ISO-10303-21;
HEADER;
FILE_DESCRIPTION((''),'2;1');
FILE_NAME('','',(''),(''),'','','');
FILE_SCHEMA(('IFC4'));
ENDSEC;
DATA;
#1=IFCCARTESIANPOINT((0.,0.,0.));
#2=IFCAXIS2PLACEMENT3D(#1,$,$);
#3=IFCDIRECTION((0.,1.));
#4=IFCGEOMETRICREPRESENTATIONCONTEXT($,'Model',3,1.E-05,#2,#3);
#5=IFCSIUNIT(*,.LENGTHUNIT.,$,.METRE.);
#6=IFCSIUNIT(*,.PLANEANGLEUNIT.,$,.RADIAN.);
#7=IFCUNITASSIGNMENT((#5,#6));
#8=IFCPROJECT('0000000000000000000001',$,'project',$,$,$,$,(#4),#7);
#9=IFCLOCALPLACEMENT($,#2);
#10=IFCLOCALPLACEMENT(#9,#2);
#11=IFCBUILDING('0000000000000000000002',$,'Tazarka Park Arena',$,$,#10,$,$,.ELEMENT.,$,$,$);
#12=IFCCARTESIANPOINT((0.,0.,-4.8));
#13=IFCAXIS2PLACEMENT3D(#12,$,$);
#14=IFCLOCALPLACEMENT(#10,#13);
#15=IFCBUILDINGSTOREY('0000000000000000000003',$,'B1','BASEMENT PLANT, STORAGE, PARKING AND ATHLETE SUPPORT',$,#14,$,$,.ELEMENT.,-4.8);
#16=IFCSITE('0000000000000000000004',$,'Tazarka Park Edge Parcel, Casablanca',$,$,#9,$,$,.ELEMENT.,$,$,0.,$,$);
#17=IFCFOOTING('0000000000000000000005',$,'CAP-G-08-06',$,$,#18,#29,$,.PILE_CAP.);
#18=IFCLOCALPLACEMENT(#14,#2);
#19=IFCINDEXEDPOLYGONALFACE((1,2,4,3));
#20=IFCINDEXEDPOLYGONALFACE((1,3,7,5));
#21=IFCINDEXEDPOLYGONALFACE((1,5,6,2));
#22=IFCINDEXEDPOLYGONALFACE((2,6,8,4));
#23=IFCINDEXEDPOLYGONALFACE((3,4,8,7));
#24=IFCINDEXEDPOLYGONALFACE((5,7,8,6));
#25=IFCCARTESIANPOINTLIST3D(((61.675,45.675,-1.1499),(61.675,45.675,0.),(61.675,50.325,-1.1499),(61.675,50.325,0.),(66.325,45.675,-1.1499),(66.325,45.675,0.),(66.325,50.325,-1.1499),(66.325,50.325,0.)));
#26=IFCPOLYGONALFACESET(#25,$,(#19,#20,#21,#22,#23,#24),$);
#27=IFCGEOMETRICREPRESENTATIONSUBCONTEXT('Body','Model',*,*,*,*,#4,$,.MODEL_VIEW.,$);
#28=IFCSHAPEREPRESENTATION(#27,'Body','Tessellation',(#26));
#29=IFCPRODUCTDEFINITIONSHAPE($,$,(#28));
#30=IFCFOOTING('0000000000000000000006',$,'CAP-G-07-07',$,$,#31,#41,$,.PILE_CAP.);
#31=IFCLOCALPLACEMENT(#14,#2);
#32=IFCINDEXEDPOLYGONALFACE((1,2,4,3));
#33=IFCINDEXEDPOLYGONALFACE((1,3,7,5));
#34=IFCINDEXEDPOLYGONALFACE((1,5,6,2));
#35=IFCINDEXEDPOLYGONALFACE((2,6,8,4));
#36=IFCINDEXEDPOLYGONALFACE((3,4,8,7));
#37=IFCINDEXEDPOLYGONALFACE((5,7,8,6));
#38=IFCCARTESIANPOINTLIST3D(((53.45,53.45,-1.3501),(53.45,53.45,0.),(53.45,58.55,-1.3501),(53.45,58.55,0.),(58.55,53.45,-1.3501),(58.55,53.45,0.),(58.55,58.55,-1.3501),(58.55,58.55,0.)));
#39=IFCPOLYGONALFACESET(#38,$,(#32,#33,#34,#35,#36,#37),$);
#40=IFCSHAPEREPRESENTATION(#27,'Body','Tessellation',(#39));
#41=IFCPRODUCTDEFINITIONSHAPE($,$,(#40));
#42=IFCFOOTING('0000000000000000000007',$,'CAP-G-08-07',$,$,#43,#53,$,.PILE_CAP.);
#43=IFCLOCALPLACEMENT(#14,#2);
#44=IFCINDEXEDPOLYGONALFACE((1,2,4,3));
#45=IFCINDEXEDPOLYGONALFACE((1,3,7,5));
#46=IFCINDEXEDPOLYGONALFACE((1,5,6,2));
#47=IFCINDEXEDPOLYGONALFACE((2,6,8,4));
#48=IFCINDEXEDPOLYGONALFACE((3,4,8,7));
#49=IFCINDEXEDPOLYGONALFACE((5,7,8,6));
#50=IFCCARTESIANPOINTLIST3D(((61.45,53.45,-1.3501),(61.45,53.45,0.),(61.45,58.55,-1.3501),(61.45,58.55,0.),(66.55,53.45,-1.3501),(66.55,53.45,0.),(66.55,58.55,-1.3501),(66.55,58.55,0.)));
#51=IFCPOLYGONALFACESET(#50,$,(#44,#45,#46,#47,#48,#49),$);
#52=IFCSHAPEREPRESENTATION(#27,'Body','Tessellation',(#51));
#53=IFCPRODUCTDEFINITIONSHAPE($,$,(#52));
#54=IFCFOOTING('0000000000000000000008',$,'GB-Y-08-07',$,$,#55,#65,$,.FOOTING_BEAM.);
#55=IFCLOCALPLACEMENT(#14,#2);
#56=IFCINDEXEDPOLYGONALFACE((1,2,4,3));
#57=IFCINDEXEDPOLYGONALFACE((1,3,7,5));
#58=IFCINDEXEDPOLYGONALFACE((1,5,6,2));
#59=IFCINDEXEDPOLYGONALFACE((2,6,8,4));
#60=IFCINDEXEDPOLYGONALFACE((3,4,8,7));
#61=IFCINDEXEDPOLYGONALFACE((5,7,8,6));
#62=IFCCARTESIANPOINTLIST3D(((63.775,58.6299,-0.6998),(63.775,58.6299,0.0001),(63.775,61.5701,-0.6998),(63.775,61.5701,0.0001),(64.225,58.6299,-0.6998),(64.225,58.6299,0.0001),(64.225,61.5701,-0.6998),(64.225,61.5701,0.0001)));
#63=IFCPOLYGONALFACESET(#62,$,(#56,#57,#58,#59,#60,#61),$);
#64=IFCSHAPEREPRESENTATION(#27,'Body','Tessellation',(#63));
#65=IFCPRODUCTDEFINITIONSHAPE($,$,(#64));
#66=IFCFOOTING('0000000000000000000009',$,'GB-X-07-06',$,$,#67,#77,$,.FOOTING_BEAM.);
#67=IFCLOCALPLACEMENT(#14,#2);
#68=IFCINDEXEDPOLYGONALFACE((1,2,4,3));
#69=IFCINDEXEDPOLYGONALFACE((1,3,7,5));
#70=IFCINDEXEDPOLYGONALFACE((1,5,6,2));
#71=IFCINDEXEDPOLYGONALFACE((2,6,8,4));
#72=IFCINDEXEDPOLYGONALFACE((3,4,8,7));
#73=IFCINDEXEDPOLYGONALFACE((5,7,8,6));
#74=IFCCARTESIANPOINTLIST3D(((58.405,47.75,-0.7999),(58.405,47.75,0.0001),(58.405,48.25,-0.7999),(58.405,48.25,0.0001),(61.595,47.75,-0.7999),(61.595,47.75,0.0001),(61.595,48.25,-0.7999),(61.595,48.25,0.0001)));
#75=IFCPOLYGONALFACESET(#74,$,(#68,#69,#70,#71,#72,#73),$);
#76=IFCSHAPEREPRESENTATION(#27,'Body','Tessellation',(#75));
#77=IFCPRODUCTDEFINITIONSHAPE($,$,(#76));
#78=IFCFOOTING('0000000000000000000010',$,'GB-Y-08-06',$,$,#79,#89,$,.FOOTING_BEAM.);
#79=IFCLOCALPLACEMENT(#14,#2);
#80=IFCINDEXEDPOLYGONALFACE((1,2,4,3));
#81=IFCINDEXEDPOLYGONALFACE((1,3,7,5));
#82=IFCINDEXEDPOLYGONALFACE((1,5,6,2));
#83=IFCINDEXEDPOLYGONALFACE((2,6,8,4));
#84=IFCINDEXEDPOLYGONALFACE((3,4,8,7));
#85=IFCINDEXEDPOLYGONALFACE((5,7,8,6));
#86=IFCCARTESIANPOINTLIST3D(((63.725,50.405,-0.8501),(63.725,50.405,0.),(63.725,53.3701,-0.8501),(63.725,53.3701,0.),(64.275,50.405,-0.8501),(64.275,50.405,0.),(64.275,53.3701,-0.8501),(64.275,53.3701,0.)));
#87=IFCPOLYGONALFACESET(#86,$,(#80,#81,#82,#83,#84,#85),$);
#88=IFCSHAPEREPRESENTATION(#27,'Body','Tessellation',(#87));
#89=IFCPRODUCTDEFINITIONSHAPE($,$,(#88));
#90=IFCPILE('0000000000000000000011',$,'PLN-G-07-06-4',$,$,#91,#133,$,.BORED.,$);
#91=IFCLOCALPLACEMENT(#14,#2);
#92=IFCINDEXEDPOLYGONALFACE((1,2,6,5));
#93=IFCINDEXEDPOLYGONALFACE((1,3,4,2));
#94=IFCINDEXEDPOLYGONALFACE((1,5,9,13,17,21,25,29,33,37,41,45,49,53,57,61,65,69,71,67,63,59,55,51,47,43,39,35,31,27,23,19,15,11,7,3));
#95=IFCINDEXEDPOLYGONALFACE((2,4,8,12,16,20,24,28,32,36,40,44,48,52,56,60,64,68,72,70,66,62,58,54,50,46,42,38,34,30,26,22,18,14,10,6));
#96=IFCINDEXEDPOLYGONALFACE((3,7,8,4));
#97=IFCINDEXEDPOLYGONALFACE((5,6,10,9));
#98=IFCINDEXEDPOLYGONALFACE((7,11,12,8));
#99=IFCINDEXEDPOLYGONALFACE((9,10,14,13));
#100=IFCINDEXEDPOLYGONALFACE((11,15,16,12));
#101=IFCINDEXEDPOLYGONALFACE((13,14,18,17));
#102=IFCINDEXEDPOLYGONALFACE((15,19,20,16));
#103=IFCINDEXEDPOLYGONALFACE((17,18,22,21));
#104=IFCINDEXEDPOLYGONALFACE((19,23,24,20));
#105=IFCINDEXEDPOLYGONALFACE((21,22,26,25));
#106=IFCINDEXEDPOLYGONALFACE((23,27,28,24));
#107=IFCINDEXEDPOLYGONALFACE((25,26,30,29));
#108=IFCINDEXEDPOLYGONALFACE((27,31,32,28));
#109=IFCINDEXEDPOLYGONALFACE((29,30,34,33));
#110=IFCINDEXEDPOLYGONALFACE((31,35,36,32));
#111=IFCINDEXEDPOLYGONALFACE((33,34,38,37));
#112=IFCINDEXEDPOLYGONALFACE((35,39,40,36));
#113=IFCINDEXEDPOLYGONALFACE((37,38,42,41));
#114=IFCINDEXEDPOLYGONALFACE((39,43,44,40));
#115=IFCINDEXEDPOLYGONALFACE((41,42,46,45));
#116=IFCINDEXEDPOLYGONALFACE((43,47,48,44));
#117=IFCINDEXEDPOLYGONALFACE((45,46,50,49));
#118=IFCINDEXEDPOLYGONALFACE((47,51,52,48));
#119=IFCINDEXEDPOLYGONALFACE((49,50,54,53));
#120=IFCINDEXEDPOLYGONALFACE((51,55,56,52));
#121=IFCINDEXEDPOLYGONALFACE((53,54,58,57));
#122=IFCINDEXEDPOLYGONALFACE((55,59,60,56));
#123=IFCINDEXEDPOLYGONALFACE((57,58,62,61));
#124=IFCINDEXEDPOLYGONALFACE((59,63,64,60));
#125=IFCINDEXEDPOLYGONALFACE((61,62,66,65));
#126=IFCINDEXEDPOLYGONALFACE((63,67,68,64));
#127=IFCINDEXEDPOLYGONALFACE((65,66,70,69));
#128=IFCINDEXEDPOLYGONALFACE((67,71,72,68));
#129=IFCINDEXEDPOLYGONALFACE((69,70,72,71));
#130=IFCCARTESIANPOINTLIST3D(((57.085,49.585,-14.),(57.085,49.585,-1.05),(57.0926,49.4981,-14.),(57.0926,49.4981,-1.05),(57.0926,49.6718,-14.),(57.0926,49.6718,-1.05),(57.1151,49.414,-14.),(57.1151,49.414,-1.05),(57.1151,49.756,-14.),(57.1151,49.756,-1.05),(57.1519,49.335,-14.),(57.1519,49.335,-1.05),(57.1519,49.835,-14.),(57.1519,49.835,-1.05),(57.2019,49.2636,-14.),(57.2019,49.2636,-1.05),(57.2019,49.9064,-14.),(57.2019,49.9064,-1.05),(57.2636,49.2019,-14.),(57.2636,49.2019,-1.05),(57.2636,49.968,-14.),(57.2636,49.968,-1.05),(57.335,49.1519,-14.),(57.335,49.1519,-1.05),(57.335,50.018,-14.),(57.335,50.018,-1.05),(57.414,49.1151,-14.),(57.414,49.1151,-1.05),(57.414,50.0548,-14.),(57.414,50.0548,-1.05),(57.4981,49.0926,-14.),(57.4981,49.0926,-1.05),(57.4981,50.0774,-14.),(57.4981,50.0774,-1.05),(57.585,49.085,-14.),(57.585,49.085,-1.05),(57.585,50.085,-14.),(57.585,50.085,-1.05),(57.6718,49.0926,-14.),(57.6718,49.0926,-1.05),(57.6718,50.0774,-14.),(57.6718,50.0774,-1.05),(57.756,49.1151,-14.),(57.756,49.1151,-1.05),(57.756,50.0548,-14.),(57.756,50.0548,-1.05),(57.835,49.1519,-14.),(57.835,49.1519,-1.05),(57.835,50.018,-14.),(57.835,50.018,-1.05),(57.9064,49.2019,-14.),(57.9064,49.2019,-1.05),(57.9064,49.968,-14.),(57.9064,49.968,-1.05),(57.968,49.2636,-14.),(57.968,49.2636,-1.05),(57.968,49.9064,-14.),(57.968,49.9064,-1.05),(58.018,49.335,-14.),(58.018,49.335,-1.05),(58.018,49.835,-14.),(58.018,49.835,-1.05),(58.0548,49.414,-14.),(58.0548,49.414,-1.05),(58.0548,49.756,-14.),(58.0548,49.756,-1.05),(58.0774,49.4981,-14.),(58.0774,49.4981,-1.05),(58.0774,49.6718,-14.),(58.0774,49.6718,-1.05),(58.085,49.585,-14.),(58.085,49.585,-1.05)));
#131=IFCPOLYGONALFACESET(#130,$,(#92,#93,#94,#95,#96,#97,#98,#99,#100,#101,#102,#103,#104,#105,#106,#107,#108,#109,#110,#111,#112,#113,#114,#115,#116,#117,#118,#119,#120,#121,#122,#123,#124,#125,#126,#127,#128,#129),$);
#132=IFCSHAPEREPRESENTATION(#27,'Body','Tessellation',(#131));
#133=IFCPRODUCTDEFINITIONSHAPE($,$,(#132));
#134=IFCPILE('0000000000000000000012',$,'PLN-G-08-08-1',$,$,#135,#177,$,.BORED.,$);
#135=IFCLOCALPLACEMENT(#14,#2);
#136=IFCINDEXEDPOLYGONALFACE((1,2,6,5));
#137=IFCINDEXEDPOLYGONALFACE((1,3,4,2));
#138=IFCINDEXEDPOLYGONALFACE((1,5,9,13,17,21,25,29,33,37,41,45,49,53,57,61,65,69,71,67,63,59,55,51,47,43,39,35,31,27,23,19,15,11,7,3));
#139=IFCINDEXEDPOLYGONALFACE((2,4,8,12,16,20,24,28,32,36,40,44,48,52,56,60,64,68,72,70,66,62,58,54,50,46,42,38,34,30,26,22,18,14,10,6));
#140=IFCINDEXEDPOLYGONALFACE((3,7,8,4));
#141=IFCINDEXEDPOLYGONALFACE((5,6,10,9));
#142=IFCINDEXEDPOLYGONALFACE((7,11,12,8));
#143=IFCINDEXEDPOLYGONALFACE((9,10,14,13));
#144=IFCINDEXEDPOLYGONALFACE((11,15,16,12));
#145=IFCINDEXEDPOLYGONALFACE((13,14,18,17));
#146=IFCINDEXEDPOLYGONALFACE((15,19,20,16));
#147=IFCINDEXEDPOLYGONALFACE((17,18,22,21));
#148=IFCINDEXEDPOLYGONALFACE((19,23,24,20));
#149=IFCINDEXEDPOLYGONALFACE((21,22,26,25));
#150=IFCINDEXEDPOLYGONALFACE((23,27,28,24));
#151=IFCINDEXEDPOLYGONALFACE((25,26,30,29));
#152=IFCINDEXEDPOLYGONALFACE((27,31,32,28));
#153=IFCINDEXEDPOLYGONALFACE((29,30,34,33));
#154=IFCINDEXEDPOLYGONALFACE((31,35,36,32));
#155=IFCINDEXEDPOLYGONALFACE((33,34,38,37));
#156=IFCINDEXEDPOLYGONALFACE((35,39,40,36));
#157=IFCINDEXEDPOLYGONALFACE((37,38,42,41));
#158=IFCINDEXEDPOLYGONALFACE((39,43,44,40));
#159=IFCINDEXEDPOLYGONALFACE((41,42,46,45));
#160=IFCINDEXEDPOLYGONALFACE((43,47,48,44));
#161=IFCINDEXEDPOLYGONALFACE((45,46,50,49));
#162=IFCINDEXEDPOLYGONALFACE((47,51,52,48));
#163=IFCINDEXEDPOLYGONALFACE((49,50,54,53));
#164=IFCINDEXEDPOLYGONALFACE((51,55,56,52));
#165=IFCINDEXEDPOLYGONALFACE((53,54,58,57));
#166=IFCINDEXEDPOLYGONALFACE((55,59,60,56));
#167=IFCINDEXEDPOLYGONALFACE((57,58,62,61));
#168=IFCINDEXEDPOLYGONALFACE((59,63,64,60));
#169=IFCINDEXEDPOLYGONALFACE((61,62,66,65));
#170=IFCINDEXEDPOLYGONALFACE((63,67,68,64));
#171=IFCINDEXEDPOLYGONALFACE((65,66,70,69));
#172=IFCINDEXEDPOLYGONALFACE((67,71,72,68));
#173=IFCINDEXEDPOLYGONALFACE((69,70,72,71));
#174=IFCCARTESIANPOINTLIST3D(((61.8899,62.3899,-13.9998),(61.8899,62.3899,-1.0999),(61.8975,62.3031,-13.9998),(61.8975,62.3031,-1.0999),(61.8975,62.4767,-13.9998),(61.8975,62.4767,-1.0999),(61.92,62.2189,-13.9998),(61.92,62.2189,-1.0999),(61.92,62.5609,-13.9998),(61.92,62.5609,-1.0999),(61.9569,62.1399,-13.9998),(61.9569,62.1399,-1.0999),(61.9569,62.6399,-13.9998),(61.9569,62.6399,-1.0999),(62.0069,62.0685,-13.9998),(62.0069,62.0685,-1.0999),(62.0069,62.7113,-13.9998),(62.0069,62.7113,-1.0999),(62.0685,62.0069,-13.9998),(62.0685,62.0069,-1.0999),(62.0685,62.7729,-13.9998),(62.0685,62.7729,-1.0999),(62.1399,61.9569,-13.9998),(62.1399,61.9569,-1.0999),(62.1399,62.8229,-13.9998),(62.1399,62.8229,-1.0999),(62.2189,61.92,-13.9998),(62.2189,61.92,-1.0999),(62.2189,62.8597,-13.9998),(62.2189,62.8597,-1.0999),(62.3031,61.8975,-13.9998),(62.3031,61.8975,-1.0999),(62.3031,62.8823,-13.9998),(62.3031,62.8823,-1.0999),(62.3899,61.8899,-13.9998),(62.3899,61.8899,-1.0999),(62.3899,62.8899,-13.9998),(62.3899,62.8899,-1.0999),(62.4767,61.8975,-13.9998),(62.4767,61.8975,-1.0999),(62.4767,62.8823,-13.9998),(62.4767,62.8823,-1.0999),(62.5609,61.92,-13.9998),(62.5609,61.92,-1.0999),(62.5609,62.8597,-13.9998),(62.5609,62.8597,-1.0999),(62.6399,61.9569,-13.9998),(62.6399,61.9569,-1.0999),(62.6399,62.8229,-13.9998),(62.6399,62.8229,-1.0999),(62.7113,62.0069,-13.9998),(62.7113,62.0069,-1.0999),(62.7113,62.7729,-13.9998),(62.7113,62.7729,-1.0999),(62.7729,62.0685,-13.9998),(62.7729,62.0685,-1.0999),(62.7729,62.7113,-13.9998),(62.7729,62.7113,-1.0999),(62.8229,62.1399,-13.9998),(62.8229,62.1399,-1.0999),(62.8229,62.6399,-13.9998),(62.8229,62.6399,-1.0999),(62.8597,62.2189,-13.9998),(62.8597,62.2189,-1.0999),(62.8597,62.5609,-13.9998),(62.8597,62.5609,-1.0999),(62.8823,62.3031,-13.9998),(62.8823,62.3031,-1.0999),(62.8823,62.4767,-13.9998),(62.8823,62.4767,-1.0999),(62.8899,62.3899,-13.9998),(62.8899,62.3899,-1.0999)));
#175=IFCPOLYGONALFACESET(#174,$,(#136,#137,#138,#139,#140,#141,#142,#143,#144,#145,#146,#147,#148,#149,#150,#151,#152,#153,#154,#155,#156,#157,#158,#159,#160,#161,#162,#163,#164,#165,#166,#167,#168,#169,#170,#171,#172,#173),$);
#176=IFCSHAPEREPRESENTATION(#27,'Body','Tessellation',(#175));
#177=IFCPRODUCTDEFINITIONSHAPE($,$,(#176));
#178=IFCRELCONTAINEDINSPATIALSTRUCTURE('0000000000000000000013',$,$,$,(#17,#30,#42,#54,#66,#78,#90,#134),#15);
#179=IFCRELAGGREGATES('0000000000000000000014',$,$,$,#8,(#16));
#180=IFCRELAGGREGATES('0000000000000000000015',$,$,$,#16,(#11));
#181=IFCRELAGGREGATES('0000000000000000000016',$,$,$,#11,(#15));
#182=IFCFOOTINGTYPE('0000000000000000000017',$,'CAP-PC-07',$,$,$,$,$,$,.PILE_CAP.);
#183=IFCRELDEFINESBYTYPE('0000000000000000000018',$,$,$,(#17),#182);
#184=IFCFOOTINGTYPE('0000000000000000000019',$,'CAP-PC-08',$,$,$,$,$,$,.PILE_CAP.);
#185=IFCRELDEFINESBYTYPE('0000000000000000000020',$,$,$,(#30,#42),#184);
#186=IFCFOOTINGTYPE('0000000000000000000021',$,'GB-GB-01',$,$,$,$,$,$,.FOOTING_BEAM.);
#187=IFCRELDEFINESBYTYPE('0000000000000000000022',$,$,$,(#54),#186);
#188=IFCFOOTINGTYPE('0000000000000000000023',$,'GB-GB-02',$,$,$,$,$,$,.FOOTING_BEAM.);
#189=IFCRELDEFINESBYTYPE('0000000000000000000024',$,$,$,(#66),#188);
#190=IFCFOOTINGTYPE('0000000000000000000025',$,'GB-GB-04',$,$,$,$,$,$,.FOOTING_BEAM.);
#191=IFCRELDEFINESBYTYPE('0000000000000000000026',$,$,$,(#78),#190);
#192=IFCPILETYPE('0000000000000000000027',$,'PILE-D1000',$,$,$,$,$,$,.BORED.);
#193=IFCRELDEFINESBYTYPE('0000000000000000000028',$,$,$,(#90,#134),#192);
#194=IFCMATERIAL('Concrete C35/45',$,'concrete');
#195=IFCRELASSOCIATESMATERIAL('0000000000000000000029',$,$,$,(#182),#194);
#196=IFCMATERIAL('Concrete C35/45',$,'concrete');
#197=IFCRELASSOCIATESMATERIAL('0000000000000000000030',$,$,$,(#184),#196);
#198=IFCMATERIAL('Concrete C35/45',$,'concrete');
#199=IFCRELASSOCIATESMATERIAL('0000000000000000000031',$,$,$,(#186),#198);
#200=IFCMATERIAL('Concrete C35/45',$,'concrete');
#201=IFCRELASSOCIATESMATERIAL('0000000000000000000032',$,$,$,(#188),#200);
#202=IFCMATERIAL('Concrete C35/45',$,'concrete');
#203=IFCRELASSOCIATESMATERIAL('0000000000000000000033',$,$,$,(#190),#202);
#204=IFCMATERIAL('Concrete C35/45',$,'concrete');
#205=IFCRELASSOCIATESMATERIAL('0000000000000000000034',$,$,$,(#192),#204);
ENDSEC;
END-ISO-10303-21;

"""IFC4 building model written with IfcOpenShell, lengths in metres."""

from ifc_helpers import new_model, si_unit, direction, frame, origin, origin_2d, place, context, subcontext, project, spatial, rectangle, circle, extrude, material, material_profile, profile_set, type_object, element, save


model = new_model("IFC4")

# Units and contexts
model_context = context("Model", 3, precision=1e-05, world=origin(), true_north=direction((0.0, 1.0)))
body_context = subcontext(model_context, "Body", "Model", "MODEL_VIEW")
ifc_project = project(units=[si_unit("LENGTHUNIT", "METRE"), si_unit("PLANEANGLEUNIT", "RADIAN")], contexts=[model_context])

# Site, building, storey
site_placement = place(None, origin())
site = spatial("IfcSite", under=ifc_project, at=site_placement, Name="Tazarka Park Edge Parcel, Casablanca", CompositionType="ELEMENT", RefElevation=0.0)
building_placement = place(site_placement, origin())
building = spatial("IfcBuilding", under=site, at=building_placement, Name="Tazarka Park Arena", CompositionType="ELEMENT")
storey_placement = place(building_placement, frame((0.0, 0.0, -4.8)))
storey = spatial("IfcBuildingStorey", under=building, at=storey_placement, Name="B1", Description="BASEMENT PLANT, STORAGE, PARKING AND ATHLETE SUPPORT", CompositionType="ELEMENT", Elevation=-4.8)

# Footings
ifc_material_1 = material(Name="Concrete C35/45", Category="concrete")
footing_type_1 = type_object("IfcFootingType", Name="CAP-PC-07", PredefinedType="PILE_CAP", material=ifc_material_1)
footing_1_placement = place(storey_placement, frame((64.0, 48.0, -1.1499), z_axis=(0.0, 0.0, 1.0), x_axis=(1.0, 0.0, 0.0)))
element("IfcFooting", 1, at=footing_1_placement, inside=storey, type_object=footing_type_1, Name="CAP-G-08-06", PredefinedType="PILE_CAP", context=body_context, shape_type="SweptSolid", body=[
    extrude(rectangle(XDim=4.6499, YDim=4.6499, at=origin_2d()), origin(), (0.0, 0.0, 1.0), 1.1499),
])
ifc_material_2 = material(Name="Concrete C35/45", Category="concrete")
footing_type_2 = type_object("IfcFootingType", Name="CAP-PC-08", PredefinedType="PILE_CAP", material=ifc_material_2)
for number, where, z_axis, x_axis, name in (
    (2, (56.0, 56.0, -1.3501), (0.0, 0.0, 1.0), (1.0, 0.0, 0.0), "CAP-G-07-07"),
    (3, (64.0, 56.0, -1.3501), (0.0, 0.0, 1.0), (1.0, 0.0, 0.0), "CAP-G-08-07"),
):
    element("IfcFooting", number, at=place(storey_placement, frame(where, z_axis=z_axis, x_axis=x_axis)), inside=storey, type_object=footing_type_2, Name=name, PredefinedType="PILE_CAP", context=body_context, shape_type="SweptSolid", body=[
        extrude(rectangle(XDim=5.1001, YDim=5.1001, at=origin_2d()), origin(), (0.0, 0.0, 1.0), 1.3501),
    ])
ifc_material_3 = material(Name="Concrete C35/45", Category="concrete")
ifc_material_profile_1 = material_profile(ifc_material_3, rectangle(XDim=0.45, YDim=0.7, at=origin_2d()), Name="Concrete C35/45")
ifc_profile_set_1 = profile_set([ifc_material_profile_1], Name="Concrete C35/45")
footing_type_3 = type_object("IfcFootingType", Name="GB-GB-01", PredefinedType="FOOTING_BEAM", material=ifc_profile_set_1)
footing_2_placement = place(storey_placement, frame((64.0, 58.6299, -0.3499), z_axis=(0.0, 1.0, 0.0), x_axis=(-1.0, 0.0, 0.0)))
element("IfcFooting", 4, at=footing_2_placement, inside=storey, type_object=footing_type_3, Name="GB-Y-08-07", PredefinedType="FOOTING_BEAM", context=body_context, shape_type="SweptSolid", body=[
    extrude(rectangle(XDim=0.45, YDim=0.7, at=origin_2d()), origin(), (0.0, 0.0, 1.0), 2.9402),
])
ifc_material_4 = material(Name="Concrete C35/45", Category="concrete")
ifc_material_profile_2 = material_profile(ifc_material_4, rectangle(XDim=0.5, YDim=0.8, at=origin_2d()), Name="Concrete C35/45")
ifc_profile_set_2 = profile_set([ifc_material_profile_2], Name="Concrete C35/45")
footing_type_4 = type_object("IfcFootingType", Name="GB-GB-02", PredefinedType="FOOTING_BEAM", material=ifc_profile_set_2)
footing_3_placement = place(storey_placement, frame((58.405, 48.0, -0.3999), z_axis=(1.0, 0.0, 0.0), x_axis=(0.0, 1.0, 0.0)))
element("IfcFooting", 5, at=footing_3_placement, inside=storey, type_object=footing_type_4, Name="GB-X-07-06", PredefinedType="FOOTING_BEAM", context=body_context, shape_type="SweptSolid", body=[
    extrude(rectangle(XDim=0.5, YDim=0.8, at=origin_2d()), origin(), (0.0, 0.0, 1.0), 3.1899),
])
ifc_material_5 = material(Name="Concrete C35/45", Category="concrete")
ifc_material_profile_3 = material_profile(ifc_material_5, rectangle(XDim=0.55, YDim=0.8501, at=origin_2d()), Name="Concrete C35/45")
ifc_profile_set_3 = profile_set([ifc_material_profile_3], Name="Concrete C35/45")
footing_type_5 = type_object("IfcFootingType", Name="GB-GB-04", PredefinedType="FOOTING_BEAM", material=ifc_profile_set_3)
footing_4_placement = place(storey_placement, frame((64.0, 50.405, -0.425), z_axis=(0.0, 1.0, 0.0), x_axis=(-1.0, 0.0, 0.0)))
element("IfcFooting", 6, at=footing_4_placement, inside=storey, type_object=footing_type_5, Name="GB-Y-08-06", PredefinedType="FOOTING_BEAM", context=body_context, shape_type="SweptSolid", body=[
    extrude(rectangle(XDim=0.55, YDim=0.8501, at=origin_2d()), origin(), (0.0, 0.0, 1.0), 2.9651),
])

# Piles
ifc_material_6 = material(Name="Concrete C35/45", Category="concrete")
ifc_material_profile_4 = material_profile(ifc_material_6, circle(Radius=0.5, at=origin_2d()), Name="Concrete C35/45")
ifc_profile_set_4 = profile_set([ifc_material_profile_4], Name="Concrete C35/45")
pile_type_1 = type_object("IfcPileType", Name="PILE-D1000", PredefinedType="BORED", material=ifc_profile_set_4)
pile_1_placement = place(storey_placement, frame((57.585, 49.585, -1.05), z_axis=(0.0, 0.0, -1.0), x_axis=(1.0, 0.0, 0.0)))
element("IfcPile", 7, at=pile_1_placement, inside=storey, type_object=pile_type_1, Name="PLN-G-07-06-4", PredefinedType="BORED", context=body_context, shape_type="SweptSolid", body=[
    extrude(circle(Radius=0.5, at=origin_2d()), origin(), (0.0, 0.0, 1.0), 12.95),
])
for number, where, z_axis, x_axis, name in (
    (8, (62.3899, 62.3899, -1.0999), (0.0, 0.0, -1.0), (1.0, 0.0, 0.0), "PLN-G-08-08-1"),
):
    element("IfcPile", number, at=place(storey_placement, frame(where, z_axis=z_axis, x_axis=x_axis)), inside=storey, type_object=pile_type_1, Name=name, PredefinedType="BORED", context=body_context, shape_type="SweptSolid", body=[
        extrude(circle(Radius=0.5, at=origin_2d()), origin(), (0.0, 0.0, 1.0), 12.8999),
    ])

save(model, "model.ifc")
